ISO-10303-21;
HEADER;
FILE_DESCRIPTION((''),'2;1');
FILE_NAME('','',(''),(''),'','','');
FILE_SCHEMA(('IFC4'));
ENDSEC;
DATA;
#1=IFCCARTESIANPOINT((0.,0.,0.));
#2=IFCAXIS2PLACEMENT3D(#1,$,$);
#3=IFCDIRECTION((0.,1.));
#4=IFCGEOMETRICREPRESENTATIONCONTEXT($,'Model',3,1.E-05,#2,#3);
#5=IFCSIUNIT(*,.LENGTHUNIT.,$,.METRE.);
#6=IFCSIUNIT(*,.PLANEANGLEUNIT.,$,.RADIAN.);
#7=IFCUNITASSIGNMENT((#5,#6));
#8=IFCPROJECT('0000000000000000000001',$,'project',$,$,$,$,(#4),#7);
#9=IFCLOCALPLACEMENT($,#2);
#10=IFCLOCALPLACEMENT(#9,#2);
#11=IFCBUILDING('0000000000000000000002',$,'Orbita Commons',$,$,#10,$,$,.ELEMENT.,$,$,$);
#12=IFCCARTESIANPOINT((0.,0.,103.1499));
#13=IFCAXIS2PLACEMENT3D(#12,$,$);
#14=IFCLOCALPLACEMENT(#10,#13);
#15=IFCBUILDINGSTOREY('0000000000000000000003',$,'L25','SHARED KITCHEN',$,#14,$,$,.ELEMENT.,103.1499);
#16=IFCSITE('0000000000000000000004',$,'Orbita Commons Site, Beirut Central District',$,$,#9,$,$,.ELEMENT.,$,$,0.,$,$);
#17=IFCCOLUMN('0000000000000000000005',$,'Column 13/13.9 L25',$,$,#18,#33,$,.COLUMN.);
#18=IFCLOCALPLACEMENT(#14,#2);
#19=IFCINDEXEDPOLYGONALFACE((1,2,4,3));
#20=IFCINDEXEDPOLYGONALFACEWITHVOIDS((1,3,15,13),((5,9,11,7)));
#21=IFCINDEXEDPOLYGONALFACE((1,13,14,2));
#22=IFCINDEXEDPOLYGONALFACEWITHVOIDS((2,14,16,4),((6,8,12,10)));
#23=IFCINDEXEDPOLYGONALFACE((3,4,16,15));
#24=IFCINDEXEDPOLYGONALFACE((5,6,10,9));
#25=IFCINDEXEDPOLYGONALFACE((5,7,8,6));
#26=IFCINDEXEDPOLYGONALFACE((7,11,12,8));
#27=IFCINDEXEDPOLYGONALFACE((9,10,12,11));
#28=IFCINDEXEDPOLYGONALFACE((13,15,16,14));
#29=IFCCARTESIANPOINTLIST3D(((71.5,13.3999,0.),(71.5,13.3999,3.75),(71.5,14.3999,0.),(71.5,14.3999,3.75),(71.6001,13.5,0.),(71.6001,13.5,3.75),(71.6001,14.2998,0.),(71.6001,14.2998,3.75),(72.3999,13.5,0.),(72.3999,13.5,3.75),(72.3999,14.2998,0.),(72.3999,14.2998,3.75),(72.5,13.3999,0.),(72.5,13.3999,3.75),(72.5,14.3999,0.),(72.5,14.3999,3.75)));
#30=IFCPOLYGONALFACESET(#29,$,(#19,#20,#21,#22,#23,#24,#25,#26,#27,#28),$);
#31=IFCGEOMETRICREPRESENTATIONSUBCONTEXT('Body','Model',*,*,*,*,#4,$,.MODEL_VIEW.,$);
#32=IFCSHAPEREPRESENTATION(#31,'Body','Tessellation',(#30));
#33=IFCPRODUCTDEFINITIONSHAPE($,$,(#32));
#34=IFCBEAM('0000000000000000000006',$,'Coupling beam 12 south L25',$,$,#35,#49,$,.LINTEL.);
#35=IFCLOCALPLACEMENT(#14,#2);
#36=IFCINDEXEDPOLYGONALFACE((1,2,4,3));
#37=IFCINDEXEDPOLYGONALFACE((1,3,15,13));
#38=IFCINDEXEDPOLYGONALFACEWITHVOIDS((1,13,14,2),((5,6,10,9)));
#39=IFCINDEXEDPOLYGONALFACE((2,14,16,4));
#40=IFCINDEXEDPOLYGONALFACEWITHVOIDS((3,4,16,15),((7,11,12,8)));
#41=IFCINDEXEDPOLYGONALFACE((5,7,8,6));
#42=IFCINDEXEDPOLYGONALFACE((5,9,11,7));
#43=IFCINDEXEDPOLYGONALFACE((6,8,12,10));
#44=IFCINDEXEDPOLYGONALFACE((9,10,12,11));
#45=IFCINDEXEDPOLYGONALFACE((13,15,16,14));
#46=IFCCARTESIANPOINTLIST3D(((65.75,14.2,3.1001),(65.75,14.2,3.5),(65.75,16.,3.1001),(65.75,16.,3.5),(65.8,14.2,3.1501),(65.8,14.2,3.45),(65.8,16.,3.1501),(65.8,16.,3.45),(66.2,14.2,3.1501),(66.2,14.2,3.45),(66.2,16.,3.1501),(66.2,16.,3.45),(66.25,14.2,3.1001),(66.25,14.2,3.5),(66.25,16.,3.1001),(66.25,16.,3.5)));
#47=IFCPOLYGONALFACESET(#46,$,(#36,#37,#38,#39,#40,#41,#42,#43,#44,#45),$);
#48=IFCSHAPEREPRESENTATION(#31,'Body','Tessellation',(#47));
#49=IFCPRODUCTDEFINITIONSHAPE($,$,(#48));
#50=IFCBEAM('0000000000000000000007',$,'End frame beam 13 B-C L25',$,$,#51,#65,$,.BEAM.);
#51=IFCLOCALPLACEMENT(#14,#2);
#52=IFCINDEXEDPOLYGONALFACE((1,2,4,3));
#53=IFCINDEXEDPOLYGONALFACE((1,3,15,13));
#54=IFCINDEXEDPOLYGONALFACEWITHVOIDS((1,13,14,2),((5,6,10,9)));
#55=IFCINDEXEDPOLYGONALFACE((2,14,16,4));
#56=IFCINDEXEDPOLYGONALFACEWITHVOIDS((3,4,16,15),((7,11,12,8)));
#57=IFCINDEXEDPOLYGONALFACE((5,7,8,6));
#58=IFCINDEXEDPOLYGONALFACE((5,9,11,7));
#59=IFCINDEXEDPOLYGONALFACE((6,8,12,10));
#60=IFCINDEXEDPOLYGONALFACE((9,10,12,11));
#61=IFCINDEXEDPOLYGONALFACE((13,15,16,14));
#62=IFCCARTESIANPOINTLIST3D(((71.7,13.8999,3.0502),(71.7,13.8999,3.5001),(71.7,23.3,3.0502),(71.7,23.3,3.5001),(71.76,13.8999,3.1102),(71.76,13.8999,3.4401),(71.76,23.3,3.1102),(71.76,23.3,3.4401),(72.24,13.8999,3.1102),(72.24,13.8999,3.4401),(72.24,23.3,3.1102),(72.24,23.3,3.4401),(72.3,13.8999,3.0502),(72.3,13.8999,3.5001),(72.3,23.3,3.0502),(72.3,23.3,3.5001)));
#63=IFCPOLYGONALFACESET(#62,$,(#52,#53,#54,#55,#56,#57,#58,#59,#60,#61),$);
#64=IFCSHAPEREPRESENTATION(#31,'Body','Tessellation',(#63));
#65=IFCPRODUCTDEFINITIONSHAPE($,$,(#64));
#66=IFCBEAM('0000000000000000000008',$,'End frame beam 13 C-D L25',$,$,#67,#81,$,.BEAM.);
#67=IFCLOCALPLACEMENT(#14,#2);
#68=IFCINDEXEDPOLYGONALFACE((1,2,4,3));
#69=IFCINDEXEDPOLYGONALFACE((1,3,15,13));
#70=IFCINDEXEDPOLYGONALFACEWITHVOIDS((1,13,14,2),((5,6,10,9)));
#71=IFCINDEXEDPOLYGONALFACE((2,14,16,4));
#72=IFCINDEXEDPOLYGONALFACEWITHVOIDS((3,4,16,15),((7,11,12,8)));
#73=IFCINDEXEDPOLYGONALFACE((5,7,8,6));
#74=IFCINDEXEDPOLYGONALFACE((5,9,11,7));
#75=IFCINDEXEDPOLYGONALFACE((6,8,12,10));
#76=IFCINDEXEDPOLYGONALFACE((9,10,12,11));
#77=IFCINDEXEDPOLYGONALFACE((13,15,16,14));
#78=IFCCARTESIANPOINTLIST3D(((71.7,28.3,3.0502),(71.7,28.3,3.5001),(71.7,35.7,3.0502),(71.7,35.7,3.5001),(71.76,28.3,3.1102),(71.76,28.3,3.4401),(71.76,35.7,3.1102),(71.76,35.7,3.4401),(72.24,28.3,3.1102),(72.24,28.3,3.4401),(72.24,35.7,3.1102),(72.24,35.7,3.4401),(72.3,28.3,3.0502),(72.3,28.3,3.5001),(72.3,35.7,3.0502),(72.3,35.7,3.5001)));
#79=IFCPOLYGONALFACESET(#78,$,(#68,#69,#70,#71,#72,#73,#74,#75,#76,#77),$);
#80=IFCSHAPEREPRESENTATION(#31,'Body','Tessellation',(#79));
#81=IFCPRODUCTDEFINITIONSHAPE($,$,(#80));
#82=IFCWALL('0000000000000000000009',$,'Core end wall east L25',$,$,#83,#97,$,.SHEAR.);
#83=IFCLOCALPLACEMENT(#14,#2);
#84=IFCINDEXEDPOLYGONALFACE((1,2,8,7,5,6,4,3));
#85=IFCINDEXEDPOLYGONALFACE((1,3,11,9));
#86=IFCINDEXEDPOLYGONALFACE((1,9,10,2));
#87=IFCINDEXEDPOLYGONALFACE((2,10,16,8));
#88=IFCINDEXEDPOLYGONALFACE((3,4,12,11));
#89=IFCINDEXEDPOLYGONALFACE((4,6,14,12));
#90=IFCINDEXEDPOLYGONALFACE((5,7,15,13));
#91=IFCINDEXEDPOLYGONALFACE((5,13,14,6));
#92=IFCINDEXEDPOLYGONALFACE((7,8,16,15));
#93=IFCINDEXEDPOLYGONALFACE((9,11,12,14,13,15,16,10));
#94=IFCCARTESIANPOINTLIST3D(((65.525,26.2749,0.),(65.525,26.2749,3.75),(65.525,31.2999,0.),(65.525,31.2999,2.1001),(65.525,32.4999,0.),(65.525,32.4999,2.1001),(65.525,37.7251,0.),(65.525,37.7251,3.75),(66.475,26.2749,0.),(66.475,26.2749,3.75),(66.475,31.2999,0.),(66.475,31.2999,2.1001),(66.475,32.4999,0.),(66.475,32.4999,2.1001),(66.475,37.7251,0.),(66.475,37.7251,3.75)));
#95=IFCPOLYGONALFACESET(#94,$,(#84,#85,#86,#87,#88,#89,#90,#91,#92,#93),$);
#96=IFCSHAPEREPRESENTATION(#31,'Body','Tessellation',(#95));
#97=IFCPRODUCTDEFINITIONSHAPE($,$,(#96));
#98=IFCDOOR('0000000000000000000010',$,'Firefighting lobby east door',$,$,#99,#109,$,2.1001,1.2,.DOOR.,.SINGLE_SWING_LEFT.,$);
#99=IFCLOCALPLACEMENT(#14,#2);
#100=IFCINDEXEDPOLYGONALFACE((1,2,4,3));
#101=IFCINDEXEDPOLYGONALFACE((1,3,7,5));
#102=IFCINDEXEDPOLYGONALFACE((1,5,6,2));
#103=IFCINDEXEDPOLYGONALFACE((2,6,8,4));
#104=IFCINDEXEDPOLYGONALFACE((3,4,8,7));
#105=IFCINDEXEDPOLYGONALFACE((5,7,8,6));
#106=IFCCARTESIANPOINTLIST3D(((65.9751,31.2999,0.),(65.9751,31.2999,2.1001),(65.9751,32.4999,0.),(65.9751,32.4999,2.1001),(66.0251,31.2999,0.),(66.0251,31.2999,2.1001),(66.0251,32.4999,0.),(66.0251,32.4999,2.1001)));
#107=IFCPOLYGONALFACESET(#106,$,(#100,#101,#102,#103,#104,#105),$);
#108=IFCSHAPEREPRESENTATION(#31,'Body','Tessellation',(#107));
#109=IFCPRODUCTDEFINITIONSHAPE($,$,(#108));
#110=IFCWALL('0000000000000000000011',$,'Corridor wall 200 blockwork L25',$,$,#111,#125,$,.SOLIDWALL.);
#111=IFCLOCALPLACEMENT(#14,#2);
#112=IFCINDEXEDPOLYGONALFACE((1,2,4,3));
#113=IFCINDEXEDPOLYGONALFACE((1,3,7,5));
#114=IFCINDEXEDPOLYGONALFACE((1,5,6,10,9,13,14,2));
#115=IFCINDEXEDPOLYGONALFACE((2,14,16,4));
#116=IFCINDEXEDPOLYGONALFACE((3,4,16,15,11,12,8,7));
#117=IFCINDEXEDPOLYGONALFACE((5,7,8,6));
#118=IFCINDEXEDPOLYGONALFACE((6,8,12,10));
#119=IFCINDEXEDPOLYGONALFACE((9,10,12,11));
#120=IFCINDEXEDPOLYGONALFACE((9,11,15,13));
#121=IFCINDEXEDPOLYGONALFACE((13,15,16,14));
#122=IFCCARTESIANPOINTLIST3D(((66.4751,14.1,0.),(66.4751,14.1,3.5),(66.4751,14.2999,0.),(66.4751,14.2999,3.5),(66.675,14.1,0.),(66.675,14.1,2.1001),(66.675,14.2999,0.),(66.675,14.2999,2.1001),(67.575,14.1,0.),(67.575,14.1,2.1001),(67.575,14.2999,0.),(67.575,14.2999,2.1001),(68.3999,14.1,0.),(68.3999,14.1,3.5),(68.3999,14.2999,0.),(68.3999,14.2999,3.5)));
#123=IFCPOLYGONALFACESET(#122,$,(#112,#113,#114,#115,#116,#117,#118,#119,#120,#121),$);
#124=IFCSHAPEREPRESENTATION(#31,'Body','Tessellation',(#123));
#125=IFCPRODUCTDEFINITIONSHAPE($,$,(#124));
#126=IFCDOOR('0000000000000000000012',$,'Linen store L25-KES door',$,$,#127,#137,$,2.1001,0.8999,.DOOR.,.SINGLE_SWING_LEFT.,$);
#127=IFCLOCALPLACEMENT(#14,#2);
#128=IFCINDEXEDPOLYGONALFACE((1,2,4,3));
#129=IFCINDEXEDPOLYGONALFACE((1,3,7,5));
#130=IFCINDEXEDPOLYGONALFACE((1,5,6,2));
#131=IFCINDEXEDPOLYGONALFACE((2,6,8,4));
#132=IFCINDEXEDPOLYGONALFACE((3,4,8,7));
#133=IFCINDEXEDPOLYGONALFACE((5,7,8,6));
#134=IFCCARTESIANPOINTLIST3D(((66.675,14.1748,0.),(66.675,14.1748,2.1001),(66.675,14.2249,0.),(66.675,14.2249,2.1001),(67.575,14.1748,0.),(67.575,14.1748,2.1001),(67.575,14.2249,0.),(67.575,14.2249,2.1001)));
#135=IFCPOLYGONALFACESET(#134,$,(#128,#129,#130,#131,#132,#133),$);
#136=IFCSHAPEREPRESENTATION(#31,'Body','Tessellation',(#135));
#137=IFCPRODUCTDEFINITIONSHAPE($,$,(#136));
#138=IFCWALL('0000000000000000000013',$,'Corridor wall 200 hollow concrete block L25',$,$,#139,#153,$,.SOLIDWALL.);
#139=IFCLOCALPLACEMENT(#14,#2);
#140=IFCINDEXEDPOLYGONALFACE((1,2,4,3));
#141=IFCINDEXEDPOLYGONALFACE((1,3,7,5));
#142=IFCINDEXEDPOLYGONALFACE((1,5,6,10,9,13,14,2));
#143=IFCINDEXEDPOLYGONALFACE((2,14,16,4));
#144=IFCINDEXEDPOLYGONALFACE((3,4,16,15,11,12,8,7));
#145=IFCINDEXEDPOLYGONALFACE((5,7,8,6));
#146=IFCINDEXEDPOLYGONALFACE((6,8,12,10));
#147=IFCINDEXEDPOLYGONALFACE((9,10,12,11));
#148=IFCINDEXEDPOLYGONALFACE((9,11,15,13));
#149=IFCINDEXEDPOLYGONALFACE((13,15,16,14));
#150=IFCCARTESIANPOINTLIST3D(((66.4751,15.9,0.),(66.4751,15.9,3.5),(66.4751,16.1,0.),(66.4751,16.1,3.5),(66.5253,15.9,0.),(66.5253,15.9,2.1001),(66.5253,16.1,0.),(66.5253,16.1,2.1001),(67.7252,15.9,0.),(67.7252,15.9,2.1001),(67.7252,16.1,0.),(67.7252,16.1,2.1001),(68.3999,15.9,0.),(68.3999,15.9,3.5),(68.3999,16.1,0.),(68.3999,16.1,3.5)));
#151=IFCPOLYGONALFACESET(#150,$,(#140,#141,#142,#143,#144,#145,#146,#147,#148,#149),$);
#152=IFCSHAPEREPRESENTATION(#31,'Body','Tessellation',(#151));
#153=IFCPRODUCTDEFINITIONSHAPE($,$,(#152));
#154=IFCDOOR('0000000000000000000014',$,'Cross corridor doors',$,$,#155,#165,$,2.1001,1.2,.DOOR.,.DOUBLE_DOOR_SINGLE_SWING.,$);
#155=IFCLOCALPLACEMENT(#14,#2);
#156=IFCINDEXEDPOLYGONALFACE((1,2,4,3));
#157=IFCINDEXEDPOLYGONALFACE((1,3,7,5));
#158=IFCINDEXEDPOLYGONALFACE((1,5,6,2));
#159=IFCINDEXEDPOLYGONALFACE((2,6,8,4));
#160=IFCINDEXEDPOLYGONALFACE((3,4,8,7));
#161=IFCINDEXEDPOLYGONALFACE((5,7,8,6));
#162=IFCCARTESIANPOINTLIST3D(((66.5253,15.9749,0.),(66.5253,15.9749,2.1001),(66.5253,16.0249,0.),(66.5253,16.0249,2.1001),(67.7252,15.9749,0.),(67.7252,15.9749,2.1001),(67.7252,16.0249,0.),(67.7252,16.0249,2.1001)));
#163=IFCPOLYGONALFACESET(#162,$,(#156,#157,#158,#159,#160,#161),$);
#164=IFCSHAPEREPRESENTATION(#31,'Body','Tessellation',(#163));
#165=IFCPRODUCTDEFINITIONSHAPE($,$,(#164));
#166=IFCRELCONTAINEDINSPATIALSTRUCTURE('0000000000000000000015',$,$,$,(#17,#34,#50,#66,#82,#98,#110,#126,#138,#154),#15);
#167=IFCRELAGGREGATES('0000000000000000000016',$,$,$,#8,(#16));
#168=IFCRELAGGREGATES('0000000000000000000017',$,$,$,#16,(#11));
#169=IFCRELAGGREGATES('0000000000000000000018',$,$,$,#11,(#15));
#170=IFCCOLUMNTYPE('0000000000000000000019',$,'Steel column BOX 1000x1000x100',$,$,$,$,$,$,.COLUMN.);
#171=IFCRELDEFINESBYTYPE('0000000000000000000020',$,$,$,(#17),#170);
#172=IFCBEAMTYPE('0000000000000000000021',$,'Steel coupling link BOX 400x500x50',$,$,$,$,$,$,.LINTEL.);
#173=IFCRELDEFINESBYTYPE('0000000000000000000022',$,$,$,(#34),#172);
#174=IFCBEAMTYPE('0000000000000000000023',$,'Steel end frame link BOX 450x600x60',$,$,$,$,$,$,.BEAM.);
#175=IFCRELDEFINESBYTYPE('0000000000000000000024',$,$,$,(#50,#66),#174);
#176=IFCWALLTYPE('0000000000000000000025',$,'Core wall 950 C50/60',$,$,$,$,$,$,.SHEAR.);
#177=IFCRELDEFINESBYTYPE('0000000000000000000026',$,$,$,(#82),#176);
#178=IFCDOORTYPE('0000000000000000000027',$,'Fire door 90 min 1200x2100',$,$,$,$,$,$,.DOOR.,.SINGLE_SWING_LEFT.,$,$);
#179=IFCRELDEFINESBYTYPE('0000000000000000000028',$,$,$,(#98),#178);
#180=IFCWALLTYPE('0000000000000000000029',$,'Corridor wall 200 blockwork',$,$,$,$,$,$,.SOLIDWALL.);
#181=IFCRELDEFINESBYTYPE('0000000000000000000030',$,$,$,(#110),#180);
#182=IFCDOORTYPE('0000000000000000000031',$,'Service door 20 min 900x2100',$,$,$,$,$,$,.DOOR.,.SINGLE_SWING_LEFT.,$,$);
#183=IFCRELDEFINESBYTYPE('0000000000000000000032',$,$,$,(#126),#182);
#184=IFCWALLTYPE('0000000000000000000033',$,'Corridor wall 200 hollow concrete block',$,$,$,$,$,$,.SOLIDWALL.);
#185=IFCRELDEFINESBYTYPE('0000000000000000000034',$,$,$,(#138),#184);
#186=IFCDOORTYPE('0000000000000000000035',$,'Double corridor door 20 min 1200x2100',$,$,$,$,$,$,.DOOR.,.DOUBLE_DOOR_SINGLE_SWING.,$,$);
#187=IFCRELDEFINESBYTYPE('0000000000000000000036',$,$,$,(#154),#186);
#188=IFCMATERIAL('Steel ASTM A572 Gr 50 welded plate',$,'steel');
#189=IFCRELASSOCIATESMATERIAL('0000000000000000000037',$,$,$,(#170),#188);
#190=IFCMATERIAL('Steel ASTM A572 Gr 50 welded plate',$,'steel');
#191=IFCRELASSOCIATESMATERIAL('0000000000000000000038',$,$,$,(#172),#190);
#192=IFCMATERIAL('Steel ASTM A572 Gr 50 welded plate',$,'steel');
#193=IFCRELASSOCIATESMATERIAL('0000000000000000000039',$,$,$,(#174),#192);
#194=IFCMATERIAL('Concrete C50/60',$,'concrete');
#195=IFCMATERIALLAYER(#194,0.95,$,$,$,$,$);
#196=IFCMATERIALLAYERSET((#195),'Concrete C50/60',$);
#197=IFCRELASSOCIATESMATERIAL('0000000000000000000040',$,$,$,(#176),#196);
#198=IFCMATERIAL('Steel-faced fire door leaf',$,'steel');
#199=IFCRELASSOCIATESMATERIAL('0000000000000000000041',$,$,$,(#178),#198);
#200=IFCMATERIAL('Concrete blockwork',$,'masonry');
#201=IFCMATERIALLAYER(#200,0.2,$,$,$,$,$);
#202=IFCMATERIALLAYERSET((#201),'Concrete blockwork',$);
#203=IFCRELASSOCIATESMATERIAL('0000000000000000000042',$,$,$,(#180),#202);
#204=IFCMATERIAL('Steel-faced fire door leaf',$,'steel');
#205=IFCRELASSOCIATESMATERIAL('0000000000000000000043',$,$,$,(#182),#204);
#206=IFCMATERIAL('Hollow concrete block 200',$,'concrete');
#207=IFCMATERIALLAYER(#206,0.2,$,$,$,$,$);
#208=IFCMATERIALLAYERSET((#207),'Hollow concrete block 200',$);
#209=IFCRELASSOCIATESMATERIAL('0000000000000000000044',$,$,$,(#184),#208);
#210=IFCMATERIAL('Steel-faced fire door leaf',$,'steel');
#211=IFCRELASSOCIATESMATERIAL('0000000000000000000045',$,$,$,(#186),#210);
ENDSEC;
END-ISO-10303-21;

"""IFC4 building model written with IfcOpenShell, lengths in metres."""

from ifc_helpers import new_model, si_unit, direction, frame, frame_2d, origin, origin_2d, place, context, subcontext, project, spatial, rectangle, hollow_rectangle, extrude, material, layer, layer_set, material_profile, profile_set, type_object, element, fill, save


model = new_model("IFC4")

# Units and contexts
model_context = context("Model", 3, precision=1e-05, world=origin(), true_north=direction((0.0, 1.0)))
body_context = subcontext(model_context, "Body", "Model", "MODEL_VIEW")
ifc_project = project(units=[si_unit("LENGTHUNIT", "METRE"), si_unit("PLANEANGLEUNIT", "RADIAN")], contexts=[model_context])

# Site, building, storey
site_placement = place(None, origin())
site = spatial("IfcSite", under=ifc_project, at=site_placement, Name="Orbita Commons Site, Beirut Central District", CompositionType="ELEMENT", RefElevation=0.0)
building_placement = place(site_placement, origin())
building = spatial("IfcBuilding", under=site, at=building_placement, Name="Orbita Commons", CompositionType="ELEMENT")
storey_placement = place(building_placement, frame((0.0, 0.0, 103.1499)))
storey = spatial("IfcBuildingStorey", under=building, at=storey_placement, Name="L25", Description="SHARED KITCHEN", CompositionType="ELEMENT", Elevation=103.1499)

# Column
ifc_material_1 = material(Name="Steel ASTM A572 Gr 50 welded plate", Category="steel")
ifc_material_profile_1 = material_profile(ifc_material_1, hollow_rectangle(XDim=1.0, YDim=1.0, WallThickness=0.1001, at=origin_2d()), Name="BOX 1000x1000x100")
ifc_profile_set_1 = profile_set([ifc_material_profile_1], Name="Steel ASTM A572 Gr 50 welded plate")
column_type = type_object("IfcColumnType", Name="Steel column BOX 1000x1000x100", PredefinedType="COLUMN", material=ifc_profile_set_1)
column_placement = place(storey_placement, frame((72.0, 13.8999, 0.0), z_axis=(0.0, 0.0, 1.0), x_axis=(1.0, 0.0, 0.0)))
element("IfcColumn", 1, at=column_placement, inside=storey, type_object=column_type, Name="Column 13/13.9 L25", PredefinedType="COLUMN", context=body_context, shape_type="SweptSolid", body=[
    extrude(hollow_rectangle(XDim=1.0, YDim=1.0, WallThickness=0.1001, at=origin_2d()), origin(), (0.0, 0.0, 1.0), 3.75),
])

# Beams
ifc_material_2 = material(Name="Steel ASTM A572 Gr 50 welded plate", Category="steel")
ifc_material_profile_2 = material_profile(ifc_material_2, hollow_rectangle(XDim=0.5, YDim=0.3999, WallThickness=0.05, at=origin_2d()), Name="BOX 400x500x50")
ifc_profile_set_2 = profile_set([ifc_material_profile_2], Name="Steel ASTM A572 Gr 50 welded plate")
beam_type_1 = type_object("IfcBeamType", Name="Steel coupling link BOX 400x500x50", PredefinedType="LINTEL", material=ifc_profile_set_2)
beam_1_placement = place(storey_placement, frame((66.0, 14.2, 3.3), z_axis=(0.0, 1.0, 0.0), x_axis=(-1.0, 0.0, 0.0)))
element("IfcBeam", 2, at=beam_1_placement, inside=storey, type_object=beam_type_1, Name="Coupling beam 12 south L25", PredefinedType="LINTEL", context=body_context, shape_type="SweptSolid", body=[
    extrude(hollow_rectangle(XDim=0.5, YDim=0.3999, WallThickness=0.05, at=origin_2d()), origin(), (0.0, 0.0, 1.0), 1.8),
])
ifc_material_3 = material(Name="Steel ASTM A572 Gr 50 welded plate", Category="steel")
ifc_material_profile_3 = material_profile(ifc_material_3, hollow_rectangle(XDim=0.6001, YDim=0.45, WallThickness=0.0601, at=origin_2d()), Name="BOX 450x600x60")
ifc_profile_set_3 = profile_set([ifc_material_profile_3], Name="Steel ASTM A572 Gr 50 welded plate")
beam_type_2 = type_object("IfcBeamType", Name="Steel end frame link BOX 450x600x60", PredefinedType="BEAM", material=ifc_profile_set_3)
beam_2_placement = place(storey_placement, frame((72.0, 13.8999, 3.2751), z_axis=(0.0, 1.0, 0.0), x_axis=(-1.0, 0.0, 0.0)))
element("IfcBeam", 3, at=beam_2_placement, inside=storey, type_object=beam_type_2, Name="End frame beam 13 B-C L25", PredefinedType="BEAM", context=body_context, shape_type="SweptSolid", body=[
    extrude(hollow_rectangle(XDim=0.6001, YDim=0.45, WallThickness=0.0601, at=origin_2d()), origin(), (0.0, 0.0, 1.0), 9.4001),
])
beam_3_placement = place(storey_placement, frame((72.0, 28.3, 3.2751), z_axis=(0.0, 1.0, 0.0), x_axis=(-1.0, 0.0, 0.0)))
element("IfcBeam", 4, at=beam_3_placement, inside=storey, type_object=beam_type_2, Name="End frame beam 13 C-D L25", PredefinedType="BEAM", context=body_context, shape_type="SweptSolid", body=[
    extrude(hollow_rectangle(XDim=0.6001, YDim=0.45, WallThickness=0.0601, at=origin_2d()), origin(), (0.0, 0.0, 1.0), 7.3999),
])

# Walls, openings, doors
ifc_material_4 = material(Name="Concrete C50/60", Category="concrete")
ifc_layer_1 = layer(ifc_material_4, 0.95)
ifc_layer_set_1 = layer_set([ifc_layer_1], Name="Concrete C50/60")
wall_type_1 = type_object("IfcWallType", Name="Core wall 950 C50/60", PredefinedType="SHEAR", material=ifc_layer_set_1)
wall_1_placement = place(storey_placement, frame((66.0, 26.2749, 0.0), z_axis=(0.0, 0.0, 1.0), x_axis=(0.0, 1.0, 0.0)))
wall_1 = element("IfcWall", 5, at=wall_1_placement, inside=storey, type_object=wall_type_1, Name="Core end wall east L25", PredefinedType="SHEAR", context=body_context, shape_type="SweptSolid", body=[
    extrude(rectangle(XDim=11.4502, YDim=0.95, at=frame_2d((5.7251, 0.0))), origin(), (0.0, 0.0, 1.0), 3.75),
])
opening_1_placement = place(wall_1_placement, frame((5.0249, 0.0, 0.0)))
opening_1 = element("IfcOpeningElement", 6, at=opening_1_placement, cuts=wall_1, PredefinedType="OPENING", context=body_context, shape_type="SweptSolid", body=[
    extrude(rectangle(XDim=1.2, YDim=2.1001, at=frame_2d((0.6001, 1.05))), frame((0.0, 0.4849, 0.0), z_axis=(0.0, -1.0, 0.0), x_axis=(1.0, 0.0, 0.0)), (0.0, 0.0, 1.0), 0.97),
])
ifc_material_5 = material(Name="Steel-faced fire door leaf", Category="steel")
door_type_1 = type_object("IfcDoorType", Name="Fire door 90 min 1200x2100", OperationType="SINGLE_SWING_LEFT", PredefinedType="DOOR", material=ifc_material_5)
door_1_placement = place(opening_1_placement, origin())
door_1 = element("IfcDoor", 7, at=door_1_placement, inside=storey, type_object=door_type_1, Name="Firefighting lobby east door", OperationType="SINGLE_SWING_LEFT", OverallHeight=2.1001, OverallWidth=1.2, PredefinedType="DOOR", context=body_context, shape_type="SweptSolid", body=[
    extrude(rectangle(XDim=1.2, YDim=2.1001, at=frame_2d((0.6001, 1.05))), frame((0.0, 0.0249, 0.0), z_axis=(0.0, -1.0, 0.0), x_axis=(1.0, 0.0, 0.0)), (0.0, 0.0, 1.0), 0.05),
])
fill(opening_1, door_1)
ifc_material_6 = material(Name="Concrete blockwork", Category="masonry")
ifc_layer_2 = layer(ifc_material_6, 0.2)
ifc_layer_set_2 = layer_set([ifc_layer_2], Name="Concrete blockwork")
wall_type_2 = type_object("IfcWallType", Name="Corridor wall 200 blockwork", PredefinedType="SOLIDWALL", material=ifc_layer_set_2)
wall_2_placement = place(storey_placement, frame((66.4751, 14.2, 0.0), z_axis=(0.0, 0.0, 1.0), x_axis=(1.0, 0.0, 0.0)))
wall_2 = element("IfcWall", 8, at=wall_2_placement, inside=storey, type_object=wall_type_2, Name="Corridor wall 200 blockwork L25", PredefinedType="SOLIDWALL", context=body_context, shape_type="SweptSolid", body=[
    extrude(rectangle(XDim=1.9248, YDim=0.2, at=frame_2d((0.9624, 0.0))), origin(), (0.0, 0.0, 1.0), 3.5),
])
opening_2_placement = place(wall_2_placement, frame((0.2, 0.0, 0.0)))
opening_2 = element("IfcOpeningElement", 9, at=opening_2_placement, cuts=wall_2, PredefinedType="OPENING", context=body_context, shape_type="SweptSolid", body=[
    extrude(rectangle(XDim=0.8999, YDim=2.1001, at=frame_2d((0.45, 1.05))), frame((0.0, 0.1099, 0.0), z_axis=(0.0, -1.0, 0.0), x_axis=(1.0, 0.0, 0.0)), (0.0, 0.0, 1.0), 0.22),
])
ifc_material_7 = material(Name="Steel-faced fire door leaf", Category="steel")
door_type_2 = type_object("IfcDoorType", Name="Service door 20 min 900x2100", OperationType="SINGLE_SWING_LEFT", PredefinedType="DOOR", material=ifc_material_7)
door_2_placement = place(opening_2_placement, origin())
door_2 = element("IfcDoor", 10, at=door_2_placement, inside=storey, type_object=door_type_2, Name="Linen store L25-KES door", OperationType="SINGLE_SWING_LEFT", OverallHeight=2.1001, OverallWidth=0.8999, PredefinedType="DOOR", context=body_context, shape_type="SweptSolid", body=[
    extrude(rectangle(XDim=0.8999, YDim=2.1001, at=frame_2d((0.45, 1.05))), frame((0.0, 0.0249, 0.0), z_axis=(0.0, -1.0, 0.0), x_axis=(1.0, 0.0, 0.0)), (0.0, 0.0, 1.0), 0.05),
])
fill(opening_2, door_2)
ifc_material_8 = material(Name="Hollow concrete block 200", Category="concrete")
ifc_layer_3 = layer(ifc_material_8, 0.2)
ifc_layer_set_3 = layer_set([ifc_layer_3], Name="Hollow concrete block 200")
wall_type_3 = type_object("IfcWallType", Name="Corridor wall 200 hollow concrete block", PredefinedType="SOLIDWALL", material=ifc_layer_set_3)
wall_3_placement = place(storey_placement, frame((66.4751, 16.0, 0.0), z_axis=(0.0, 0.0, 1.0), x_axis=(1.0, 0.0, 0.0)))
wall_3 = element("IfcWall", 11, at=wall_3_placement, inside=storey, type_object=wall_type_3, Name="Corridor wall 200 hollow concrete block L25", PredefinedType="SOLIDWALL", context=body_context, shape_type="SweptSolid", body=[
    extrude(rectangle(XDim=1.9248, YDim=0.2, at=frame_2d((0.9624, 0.0))), origin(), (0.0, 0.0, 1.0), 3.5),
])
opening_3_placement = place(wall_3_placement, frame((0.05, 0.0, 0.0)))
opening_3 = element("IfcOpeningElement", 12, at=opening_3_placement, cuts=wall_3, PredefinedType="OPENING", context=body_context, shape_type="SweptSolid", body=[
    extrude(rectangle(XDim=1.2, YDim=2.1001, at=frame_2d((0.6001, 1.05))), frame((0.0, 0.1099, 0.0), z_axis=(0.0, -1.0, 0.0), x_axis=(1.0, 0.0, 0.0)), (0.0, 0.0, 1.0), 0.22),
])
ifc_material_9 = material(Name="Steel-faced fire door leaf", Category="steel")
door_type_3 = type_object("IfcDoorType", Name="Double corridor door 20 min 1200x2100", OperationType="DOUBLE_DOOR_SINGLE_SWING", PredefinedType="DOOR", material=ifc_material_9)
door_3_placement = place(opening_3_placement, origin())
door_3 = element("IfcDoor", 13, at=door_3_placement, inside=storey, type_object=door_type_3, Name="Cross corridor doors", OperationType="DOUBLE_DOOR_SINGLE_SWING", OverallHeight=2.1001, OverallWidth=1.2, PredefinedType="DOOR", context=body_context, shape_type="SweptSolid", body=[
    extrude(rectangle(XDim=1.2, YDim=2.1001, at=frame_2d((0.6001, 1.05))), frame((0.0, 0.0249, 0.0), z_axis=(0.0, -1.0, 0.0), x_axis=(1.0, 0.0, 0.0)), (0.0, 0.0, 1.0), 0.05),
])
fill(opening_3, door_3)

save(model, "model.ifc")
